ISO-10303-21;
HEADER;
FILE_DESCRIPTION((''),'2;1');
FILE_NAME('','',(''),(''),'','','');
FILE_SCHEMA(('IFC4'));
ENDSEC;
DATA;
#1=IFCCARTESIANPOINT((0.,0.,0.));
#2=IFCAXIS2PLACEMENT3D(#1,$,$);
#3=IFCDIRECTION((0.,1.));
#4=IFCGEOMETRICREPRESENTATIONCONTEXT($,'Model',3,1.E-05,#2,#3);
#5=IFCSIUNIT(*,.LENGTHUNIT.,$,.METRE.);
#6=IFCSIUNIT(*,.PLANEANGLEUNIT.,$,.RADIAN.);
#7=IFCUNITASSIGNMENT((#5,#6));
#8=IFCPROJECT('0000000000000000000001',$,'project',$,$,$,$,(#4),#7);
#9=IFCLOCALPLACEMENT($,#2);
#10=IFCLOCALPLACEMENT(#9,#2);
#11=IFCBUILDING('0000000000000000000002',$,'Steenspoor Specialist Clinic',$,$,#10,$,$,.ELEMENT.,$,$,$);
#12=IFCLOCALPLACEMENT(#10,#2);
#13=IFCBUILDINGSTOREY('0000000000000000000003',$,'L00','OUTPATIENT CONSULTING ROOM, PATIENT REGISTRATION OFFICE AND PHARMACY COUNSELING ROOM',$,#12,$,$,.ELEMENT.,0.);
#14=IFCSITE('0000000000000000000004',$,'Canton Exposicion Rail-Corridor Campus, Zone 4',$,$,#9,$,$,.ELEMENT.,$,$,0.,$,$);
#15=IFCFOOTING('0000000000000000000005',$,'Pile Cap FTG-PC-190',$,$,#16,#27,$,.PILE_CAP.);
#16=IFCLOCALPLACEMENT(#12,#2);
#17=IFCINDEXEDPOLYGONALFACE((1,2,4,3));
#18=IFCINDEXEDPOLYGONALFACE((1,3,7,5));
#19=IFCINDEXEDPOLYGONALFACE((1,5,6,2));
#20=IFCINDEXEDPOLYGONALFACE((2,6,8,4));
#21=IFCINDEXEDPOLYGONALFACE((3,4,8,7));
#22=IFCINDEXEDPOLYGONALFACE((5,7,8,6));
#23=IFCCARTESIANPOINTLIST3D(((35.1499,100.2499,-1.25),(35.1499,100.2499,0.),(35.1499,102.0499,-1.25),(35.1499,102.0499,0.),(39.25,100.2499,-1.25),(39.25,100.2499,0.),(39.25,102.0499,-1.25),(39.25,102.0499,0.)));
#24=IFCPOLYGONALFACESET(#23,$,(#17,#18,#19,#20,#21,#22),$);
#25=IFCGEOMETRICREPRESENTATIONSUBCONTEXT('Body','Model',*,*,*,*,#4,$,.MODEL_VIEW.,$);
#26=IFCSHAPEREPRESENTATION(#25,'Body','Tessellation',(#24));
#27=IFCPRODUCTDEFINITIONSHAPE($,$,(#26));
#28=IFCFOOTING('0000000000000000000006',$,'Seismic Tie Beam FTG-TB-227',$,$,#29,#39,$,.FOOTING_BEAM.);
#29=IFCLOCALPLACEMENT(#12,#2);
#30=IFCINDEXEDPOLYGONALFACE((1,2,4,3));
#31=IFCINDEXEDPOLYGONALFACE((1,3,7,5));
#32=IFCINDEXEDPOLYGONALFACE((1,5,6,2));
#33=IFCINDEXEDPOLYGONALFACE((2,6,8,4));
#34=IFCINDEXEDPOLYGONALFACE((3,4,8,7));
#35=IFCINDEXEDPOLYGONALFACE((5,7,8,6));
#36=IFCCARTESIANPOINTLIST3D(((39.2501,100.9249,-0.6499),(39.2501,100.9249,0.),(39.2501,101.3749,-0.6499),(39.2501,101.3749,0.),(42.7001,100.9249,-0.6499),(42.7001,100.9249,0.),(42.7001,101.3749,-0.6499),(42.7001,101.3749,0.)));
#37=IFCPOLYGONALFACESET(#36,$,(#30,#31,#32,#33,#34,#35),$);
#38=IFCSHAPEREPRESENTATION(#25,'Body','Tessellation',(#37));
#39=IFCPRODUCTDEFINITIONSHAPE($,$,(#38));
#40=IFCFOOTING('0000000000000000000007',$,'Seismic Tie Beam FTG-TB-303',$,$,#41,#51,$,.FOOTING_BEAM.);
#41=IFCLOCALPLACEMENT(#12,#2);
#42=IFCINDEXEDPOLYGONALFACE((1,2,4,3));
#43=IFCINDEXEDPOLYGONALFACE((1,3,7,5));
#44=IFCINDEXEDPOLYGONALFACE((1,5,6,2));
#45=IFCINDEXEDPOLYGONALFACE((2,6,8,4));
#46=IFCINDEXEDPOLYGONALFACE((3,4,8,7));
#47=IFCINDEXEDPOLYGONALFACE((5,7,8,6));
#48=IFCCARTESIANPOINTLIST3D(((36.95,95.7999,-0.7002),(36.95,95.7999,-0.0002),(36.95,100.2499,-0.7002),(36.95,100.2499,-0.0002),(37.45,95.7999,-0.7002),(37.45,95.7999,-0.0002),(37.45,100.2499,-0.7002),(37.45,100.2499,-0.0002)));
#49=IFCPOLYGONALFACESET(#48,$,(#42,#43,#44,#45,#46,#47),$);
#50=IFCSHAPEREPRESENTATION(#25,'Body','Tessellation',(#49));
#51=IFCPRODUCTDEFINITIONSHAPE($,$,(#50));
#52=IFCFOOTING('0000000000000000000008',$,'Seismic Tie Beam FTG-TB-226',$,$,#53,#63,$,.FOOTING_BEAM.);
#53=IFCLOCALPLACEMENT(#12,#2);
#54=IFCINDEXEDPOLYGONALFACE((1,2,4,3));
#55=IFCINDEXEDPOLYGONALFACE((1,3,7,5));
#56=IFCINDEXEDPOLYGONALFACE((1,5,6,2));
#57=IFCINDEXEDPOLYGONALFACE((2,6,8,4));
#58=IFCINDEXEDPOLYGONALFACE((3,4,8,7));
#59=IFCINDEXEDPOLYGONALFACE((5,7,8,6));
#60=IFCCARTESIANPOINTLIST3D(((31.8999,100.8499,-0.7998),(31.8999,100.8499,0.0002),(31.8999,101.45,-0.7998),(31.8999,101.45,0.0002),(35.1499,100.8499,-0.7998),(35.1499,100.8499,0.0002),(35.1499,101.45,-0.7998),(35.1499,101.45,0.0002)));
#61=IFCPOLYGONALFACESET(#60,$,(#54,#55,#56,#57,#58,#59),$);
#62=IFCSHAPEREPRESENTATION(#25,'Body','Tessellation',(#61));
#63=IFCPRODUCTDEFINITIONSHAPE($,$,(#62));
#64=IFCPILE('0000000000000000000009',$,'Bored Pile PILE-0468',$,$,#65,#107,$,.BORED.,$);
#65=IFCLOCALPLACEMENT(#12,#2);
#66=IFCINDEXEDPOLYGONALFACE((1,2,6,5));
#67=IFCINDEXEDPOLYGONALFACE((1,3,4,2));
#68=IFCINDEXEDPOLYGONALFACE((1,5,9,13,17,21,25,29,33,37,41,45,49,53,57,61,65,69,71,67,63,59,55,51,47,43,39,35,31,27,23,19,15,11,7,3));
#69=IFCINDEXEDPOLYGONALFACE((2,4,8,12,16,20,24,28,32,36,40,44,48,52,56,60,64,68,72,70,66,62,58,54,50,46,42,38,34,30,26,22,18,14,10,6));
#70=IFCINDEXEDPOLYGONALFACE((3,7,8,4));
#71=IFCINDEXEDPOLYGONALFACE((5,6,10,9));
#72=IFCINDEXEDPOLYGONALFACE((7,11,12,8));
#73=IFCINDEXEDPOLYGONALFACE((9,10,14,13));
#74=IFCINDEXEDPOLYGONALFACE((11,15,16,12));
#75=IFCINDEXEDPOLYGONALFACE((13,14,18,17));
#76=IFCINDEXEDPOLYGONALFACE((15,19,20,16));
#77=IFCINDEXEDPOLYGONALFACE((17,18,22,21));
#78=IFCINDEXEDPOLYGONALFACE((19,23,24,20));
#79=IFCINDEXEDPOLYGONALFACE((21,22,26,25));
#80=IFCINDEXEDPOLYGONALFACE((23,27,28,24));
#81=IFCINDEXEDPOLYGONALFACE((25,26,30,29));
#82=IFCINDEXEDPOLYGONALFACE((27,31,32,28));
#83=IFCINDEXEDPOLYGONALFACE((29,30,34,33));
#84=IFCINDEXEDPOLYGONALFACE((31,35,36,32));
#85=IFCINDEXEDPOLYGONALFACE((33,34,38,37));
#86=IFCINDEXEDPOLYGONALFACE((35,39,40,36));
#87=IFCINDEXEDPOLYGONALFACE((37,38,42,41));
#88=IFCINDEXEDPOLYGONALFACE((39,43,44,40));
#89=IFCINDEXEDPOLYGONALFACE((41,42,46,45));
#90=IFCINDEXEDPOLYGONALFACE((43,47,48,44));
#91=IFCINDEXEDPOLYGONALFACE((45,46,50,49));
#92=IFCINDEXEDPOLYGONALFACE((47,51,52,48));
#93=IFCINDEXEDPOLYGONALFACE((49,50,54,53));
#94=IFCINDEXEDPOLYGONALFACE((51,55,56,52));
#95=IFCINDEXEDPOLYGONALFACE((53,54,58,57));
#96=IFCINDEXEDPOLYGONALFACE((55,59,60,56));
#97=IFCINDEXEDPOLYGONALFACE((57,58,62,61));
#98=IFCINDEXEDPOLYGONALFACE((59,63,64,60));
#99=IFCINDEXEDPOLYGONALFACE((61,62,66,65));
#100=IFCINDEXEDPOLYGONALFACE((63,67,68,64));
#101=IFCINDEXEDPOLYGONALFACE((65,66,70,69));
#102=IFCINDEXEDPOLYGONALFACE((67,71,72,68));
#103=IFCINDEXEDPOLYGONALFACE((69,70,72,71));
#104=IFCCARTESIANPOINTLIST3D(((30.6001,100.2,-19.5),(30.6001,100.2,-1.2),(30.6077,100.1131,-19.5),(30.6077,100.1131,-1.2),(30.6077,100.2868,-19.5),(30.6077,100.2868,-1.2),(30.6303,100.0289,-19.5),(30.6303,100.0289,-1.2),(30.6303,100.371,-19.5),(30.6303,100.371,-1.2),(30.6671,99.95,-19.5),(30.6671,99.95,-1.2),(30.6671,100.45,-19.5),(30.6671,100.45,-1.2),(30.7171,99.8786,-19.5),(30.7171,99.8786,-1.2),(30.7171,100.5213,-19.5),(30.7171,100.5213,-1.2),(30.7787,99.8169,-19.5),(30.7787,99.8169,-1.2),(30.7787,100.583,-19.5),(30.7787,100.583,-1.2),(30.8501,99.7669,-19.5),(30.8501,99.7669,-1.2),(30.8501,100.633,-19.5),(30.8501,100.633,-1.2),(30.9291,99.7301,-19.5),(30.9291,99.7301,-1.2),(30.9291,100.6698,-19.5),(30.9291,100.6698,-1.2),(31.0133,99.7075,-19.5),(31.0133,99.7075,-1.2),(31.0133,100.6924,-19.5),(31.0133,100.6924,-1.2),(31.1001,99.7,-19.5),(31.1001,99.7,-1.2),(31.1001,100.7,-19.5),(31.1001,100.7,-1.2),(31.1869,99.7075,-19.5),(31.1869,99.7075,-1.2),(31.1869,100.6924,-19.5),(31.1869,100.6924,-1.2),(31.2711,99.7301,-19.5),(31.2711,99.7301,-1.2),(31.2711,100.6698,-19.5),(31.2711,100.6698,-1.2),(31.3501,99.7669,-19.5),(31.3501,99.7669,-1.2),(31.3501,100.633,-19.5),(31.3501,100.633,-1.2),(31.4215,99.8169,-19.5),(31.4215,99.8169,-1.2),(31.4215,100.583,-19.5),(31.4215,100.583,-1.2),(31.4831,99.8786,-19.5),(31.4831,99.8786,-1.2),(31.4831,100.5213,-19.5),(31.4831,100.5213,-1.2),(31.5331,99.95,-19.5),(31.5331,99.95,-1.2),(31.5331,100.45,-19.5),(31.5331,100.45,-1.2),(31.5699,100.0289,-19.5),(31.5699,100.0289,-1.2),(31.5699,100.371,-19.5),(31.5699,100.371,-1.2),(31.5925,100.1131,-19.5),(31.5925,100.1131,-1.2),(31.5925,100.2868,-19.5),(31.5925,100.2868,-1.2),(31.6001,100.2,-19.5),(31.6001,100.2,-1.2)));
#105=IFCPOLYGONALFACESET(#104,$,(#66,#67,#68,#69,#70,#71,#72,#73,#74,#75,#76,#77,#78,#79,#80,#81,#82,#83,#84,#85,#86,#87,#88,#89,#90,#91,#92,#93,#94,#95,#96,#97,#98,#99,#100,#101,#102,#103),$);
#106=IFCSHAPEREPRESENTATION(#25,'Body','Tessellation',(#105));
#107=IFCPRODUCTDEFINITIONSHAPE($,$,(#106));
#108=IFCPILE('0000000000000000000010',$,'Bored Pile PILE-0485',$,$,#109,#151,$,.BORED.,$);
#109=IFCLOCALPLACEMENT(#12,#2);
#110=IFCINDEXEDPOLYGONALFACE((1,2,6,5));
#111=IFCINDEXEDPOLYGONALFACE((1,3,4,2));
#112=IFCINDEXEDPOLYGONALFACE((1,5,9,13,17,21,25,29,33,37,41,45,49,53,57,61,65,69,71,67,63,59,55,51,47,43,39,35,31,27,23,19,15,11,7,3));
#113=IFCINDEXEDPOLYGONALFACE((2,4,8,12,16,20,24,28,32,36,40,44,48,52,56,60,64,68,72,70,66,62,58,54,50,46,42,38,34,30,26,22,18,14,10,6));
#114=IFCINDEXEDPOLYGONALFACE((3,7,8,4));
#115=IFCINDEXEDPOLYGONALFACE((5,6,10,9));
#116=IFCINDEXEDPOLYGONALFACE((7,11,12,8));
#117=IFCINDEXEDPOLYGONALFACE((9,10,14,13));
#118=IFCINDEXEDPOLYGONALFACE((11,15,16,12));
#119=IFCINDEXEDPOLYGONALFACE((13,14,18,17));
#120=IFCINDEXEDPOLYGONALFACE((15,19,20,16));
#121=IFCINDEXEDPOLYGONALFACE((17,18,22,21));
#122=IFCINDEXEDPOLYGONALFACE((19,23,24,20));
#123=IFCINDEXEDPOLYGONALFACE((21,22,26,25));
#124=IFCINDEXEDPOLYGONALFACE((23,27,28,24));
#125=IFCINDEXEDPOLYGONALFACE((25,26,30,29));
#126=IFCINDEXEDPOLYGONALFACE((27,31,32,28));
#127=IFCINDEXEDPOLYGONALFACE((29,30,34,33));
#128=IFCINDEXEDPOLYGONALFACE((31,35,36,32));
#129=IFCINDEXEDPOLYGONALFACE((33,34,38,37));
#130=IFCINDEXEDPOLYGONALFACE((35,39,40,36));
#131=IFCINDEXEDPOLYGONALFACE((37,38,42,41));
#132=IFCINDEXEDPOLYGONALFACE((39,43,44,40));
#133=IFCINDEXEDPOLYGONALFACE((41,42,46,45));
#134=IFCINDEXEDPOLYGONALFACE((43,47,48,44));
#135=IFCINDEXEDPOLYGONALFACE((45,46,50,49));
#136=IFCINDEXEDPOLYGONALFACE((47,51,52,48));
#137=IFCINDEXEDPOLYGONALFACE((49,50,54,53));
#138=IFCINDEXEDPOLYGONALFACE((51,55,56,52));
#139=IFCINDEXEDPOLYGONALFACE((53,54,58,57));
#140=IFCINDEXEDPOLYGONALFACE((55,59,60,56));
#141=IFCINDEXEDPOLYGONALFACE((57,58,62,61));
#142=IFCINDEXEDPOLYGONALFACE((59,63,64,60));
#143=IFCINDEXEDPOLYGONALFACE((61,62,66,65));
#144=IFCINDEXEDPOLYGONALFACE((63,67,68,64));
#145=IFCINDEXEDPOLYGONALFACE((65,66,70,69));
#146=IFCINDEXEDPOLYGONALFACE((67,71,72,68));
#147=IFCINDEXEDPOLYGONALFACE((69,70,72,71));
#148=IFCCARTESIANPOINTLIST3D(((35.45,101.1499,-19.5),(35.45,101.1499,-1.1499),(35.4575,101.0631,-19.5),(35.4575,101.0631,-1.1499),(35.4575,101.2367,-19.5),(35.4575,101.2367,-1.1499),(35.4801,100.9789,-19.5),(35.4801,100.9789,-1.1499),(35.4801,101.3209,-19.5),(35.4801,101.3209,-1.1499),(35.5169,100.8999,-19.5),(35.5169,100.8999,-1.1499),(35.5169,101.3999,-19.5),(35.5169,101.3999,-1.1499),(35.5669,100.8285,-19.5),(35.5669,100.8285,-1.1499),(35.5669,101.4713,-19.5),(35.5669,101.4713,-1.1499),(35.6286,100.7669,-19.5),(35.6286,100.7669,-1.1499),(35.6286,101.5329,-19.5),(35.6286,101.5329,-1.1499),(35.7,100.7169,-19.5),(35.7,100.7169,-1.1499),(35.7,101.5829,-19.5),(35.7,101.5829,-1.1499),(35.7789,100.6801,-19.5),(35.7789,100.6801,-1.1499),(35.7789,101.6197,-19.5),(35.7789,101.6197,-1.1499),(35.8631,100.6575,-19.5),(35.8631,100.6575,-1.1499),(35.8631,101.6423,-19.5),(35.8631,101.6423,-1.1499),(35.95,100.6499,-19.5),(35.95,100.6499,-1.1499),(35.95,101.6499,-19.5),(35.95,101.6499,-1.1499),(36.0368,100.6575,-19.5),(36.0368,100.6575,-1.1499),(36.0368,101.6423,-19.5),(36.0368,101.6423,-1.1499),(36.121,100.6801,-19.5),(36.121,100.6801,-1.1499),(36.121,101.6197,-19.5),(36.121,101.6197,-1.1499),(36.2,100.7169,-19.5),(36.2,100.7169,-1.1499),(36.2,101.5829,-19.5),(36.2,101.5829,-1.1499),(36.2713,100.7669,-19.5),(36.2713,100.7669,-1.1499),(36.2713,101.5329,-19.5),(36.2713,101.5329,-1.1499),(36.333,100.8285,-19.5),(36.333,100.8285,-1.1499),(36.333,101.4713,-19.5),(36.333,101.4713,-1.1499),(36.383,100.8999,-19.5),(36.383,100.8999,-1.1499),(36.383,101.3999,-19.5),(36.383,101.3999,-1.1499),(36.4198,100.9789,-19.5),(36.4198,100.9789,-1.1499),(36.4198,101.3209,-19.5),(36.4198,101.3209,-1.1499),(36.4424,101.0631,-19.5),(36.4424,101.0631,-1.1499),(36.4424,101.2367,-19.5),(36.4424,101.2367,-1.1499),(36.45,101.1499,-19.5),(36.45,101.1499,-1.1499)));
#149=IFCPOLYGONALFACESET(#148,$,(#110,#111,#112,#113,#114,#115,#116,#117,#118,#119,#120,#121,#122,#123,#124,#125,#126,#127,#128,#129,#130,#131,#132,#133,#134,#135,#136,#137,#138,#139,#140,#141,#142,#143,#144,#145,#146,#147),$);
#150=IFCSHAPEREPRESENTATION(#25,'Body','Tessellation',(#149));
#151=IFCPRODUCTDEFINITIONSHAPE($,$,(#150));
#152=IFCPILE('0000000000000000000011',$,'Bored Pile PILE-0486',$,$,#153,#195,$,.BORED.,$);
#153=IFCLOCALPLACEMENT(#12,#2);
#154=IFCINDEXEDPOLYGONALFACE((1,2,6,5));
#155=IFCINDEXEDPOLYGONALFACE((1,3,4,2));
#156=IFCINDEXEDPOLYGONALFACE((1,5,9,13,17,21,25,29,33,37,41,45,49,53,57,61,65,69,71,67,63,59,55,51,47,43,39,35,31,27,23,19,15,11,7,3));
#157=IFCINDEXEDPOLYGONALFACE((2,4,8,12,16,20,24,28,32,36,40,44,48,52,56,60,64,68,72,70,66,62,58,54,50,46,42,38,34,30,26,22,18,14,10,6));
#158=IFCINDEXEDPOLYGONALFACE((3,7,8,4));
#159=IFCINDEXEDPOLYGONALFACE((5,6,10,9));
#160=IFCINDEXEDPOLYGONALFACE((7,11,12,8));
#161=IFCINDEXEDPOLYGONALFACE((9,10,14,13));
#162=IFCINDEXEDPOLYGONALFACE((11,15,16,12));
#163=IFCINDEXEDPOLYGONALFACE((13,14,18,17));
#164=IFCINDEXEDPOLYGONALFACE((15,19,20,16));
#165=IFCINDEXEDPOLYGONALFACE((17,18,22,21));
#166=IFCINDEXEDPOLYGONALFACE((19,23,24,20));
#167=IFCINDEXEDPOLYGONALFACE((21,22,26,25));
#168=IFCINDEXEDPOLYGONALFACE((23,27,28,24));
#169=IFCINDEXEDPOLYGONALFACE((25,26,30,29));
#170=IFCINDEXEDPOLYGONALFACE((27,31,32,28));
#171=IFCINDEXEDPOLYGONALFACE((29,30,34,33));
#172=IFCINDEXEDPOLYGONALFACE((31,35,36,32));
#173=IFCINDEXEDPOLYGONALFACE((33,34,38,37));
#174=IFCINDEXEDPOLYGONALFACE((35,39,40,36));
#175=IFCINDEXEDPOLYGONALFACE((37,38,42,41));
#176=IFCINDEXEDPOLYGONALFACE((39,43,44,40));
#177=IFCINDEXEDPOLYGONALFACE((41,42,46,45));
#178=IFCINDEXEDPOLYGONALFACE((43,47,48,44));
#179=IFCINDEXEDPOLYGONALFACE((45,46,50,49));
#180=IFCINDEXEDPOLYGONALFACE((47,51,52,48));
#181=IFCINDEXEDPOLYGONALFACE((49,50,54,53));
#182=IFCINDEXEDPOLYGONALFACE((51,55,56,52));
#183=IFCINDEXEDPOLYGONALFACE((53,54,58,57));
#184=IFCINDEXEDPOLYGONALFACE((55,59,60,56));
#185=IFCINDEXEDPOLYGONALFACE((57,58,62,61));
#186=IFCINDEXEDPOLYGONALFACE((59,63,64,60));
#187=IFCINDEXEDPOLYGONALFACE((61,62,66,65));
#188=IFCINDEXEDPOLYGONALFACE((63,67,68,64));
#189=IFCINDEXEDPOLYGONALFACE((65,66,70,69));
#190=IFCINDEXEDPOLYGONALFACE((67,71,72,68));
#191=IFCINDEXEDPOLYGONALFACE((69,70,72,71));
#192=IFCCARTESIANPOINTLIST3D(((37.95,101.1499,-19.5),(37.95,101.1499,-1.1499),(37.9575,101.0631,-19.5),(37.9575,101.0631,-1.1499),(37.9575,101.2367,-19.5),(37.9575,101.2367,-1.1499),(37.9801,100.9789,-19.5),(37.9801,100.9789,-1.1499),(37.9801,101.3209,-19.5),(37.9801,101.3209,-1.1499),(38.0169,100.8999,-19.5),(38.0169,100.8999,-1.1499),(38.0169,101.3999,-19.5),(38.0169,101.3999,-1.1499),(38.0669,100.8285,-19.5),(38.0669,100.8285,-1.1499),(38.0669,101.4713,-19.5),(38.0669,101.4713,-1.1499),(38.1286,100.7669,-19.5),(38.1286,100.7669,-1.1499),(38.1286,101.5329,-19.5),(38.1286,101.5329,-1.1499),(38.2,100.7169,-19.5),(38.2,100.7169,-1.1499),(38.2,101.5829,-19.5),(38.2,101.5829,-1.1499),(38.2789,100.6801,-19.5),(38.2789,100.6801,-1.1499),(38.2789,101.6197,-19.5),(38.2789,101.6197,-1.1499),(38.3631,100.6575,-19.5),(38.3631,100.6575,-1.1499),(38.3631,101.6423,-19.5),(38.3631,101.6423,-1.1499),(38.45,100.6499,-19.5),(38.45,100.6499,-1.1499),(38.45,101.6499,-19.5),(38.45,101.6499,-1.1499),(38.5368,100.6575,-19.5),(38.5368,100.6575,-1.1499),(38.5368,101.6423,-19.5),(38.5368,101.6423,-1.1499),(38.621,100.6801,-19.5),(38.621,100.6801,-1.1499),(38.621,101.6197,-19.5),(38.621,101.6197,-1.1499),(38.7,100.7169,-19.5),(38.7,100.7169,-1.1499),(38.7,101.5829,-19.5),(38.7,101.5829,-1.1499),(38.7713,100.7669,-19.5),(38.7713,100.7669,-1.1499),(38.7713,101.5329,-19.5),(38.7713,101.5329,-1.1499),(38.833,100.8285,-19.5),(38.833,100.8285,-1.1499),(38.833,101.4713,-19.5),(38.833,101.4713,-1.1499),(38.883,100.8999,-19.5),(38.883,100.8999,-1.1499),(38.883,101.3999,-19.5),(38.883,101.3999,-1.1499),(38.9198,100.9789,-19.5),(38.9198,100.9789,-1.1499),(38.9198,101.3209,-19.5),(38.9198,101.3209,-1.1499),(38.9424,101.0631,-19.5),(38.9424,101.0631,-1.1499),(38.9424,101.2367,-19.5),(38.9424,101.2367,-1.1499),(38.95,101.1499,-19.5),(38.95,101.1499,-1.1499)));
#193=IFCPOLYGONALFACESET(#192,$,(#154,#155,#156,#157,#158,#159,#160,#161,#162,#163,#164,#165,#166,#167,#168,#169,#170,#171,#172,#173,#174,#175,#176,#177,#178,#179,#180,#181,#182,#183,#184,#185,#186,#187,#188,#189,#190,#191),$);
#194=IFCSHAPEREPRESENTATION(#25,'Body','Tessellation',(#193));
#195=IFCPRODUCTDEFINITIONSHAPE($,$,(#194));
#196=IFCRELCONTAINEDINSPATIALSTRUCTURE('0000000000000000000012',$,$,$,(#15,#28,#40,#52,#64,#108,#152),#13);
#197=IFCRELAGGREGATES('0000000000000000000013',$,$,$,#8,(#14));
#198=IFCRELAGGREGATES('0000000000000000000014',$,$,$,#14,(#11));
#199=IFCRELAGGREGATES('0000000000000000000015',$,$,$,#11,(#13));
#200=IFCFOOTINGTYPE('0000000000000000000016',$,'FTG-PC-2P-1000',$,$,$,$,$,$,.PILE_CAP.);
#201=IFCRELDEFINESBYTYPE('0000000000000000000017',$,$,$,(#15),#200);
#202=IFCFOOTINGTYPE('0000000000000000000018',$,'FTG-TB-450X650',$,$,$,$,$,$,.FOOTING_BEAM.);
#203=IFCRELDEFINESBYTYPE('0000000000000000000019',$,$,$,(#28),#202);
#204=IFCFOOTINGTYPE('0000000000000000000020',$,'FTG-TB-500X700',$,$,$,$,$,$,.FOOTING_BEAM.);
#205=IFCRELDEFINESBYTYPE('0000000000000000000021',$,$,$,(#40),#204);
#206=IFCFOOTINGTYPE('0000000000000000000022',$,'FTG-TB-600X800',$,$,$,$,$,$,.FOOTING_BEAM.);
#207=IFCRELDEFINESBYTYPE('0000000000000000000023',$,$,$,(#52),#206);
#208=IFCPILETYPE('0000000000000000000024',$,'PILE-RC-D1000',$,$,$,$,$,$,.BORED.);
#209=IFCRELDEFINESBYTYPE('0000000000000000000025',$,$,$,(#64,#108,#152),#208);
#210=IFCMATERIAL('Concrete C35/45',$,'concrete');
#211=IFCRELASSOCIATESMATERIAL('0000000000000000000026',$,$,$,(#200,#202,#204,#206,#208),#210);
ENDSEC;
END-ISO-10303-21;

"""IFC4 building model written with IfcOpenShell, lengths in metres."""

from ifc_helpers import new_model, si_unit, direction, frame, origin, origin_2d, place, context, subcontext, project, spatial, rectangle, circle, extrude, material, material_profile, profile_set, type_object, element, save


model = new_model("IFC4")

# Units and contexts
model_context = context("Model", 3, precision=1e-05, world=origin(), true_north=direction((0.0, 1.0)))
body_context = subcontext(model_context, "Body", "Model", "MODEL_VIEW")
ifc_project = project(units=[si_unit("LENGTHUNIT", "METRE"), si_unit("PLANEANGLEUNIT", "RADIAN")], contexts=[model_context])

# Site, building, storey
site_placement = place(None, origin())
site = spatial("IfcSite", under=ifc_project, at=site_placement, Name="Canton Exposicion Rail-Corridor Campus, Zone 4", CompositionType="ELEMENT", RefElevation=0.0)
building_placement = place(site_placement, origin())
building = spatial("IfcBuilding", under=site, at=building_placement, Name="Steenspoor Specialist Clinic", CompositionType="ELEMENT")
storey_placement = place(building_placement, origin())
storey = spatial("IfcBuildingStorey", under=building, at=storey_placement, Name="L00", Description="OUTPATIENT CONSULTING ROOM, PATIENT REGISTRATION OFFICE AND PHARMACY COUNSELING ROOM", CompositionType="ELEMENT", Elevation=0.0)

# Footings
ifc_material_1 = material(Name="Concrete C35/45", Category="concrete")
footing_type_1 = type_object("IfcFootingType", Name="FTG-PC-2P-1000", PredefinedType="PILE_CAP", material=ifc_material_1)
footing_1_placement = place(storey_placement, frame((37.2, 101.1499, -1.25), z_axis=(0.0, 0.0, 1.0), x_axis=(1.0, 0.0, 0.0)))
element("IfcFooting", 1, at=footing_1_placement, inside=storey, type_object=footing_type_1, Name="Pile Cap FTG-PC-190", PredefinedType="PILE_CAP", context=body_context, shape_type="SweptSolid", body=[
    extrude(rectangle(XDim=4.1001, YDim=1.8, at=origin_2d()), origin(), (0.0, 0.0, 1.0), 1.25),
])
footing_type_2 = type_object("IfcFootingType", Name="FTG-TB-450X650", PredefinedType="FOOTING_BEAM", material=ifc_material_1)
footing_2_placement = place(storey_placement, frame((40.9751, 101.1499, -0.6499), z_axis=(0.0, 0.0, 1.0), x_axis=(1.0, 0.0, 0.0)))
element("IfcFooting", 2, at=footing_2_placement, inside=storey, type_object=footing_type_2, Name="Seismic Tie Beam FTG-TB-227", PredefinedType="FOOTING_BEAM", context=body_context, shape_type="SweptSolid", body=[
    extrude(rectangle(XDim=3.45, YDim=0.45, at=origin_2d()), origin(), (0.0, 0.0, 1.0), 0.6499),
])
footing_type_3 = type_object("IfcFootingType", Name="FTG-TB-500X700", PredefinedType="FOOTING_BEAM", material=ifc_material_1)
footing_3_placement = place(storey_placement, frame((37.2, 98.0249, -0.7002), z_axis=(0.0, 0.0, 1.0), x_axis=(1.0, 0.0, 0.0)))
element("IfcFooting", 3, at=footing_3_placement, inside=storey, type_object=footing_type_3, Name="Seismic Tie Beam FTG-TB-303", PredefinedType="FOOTING_BEAM", context=body_context, shape_type="SweptSolid", body=[
    extrude(rectangle(XDim=0.5, YDim=4.45, at=origin_2d()), origin(), (0.0, 0.0, 1.0), 0.7),
])
footing_type_4 = type_object("IfcFootingType", Name="FTG-TB-600X800", PredefinedType="FOOTING_BEAM", material=ifc_material_1)
footing_4_placement = place(storey_placement, frame((33.5249, 101.1499, -0.7998), z_axis=(0.0, 0.0, 1.0), x_axis=(1.0, 0.0, 0.0)))
element("IfcFooting", 4, at=footing_4_placement, inside=storey, type_object=footing_type_4, Name="Seismic Tie Beam FTG-TB-226", PredefinedType="FOOTING_BEAM", context=body_context, shape_type="SweptSolid", body=[
    extrude(rectangle(XDim=3.25, YDim=0.6001, at=origin_2d()), origin(), (0.0, 0.0, 1.0), 0.8),
])

# Piles
ifc_material_profile_1 = material_profile(ifc_material_1, circle(Radius=0.5, at=origin_2d()), Name="PILE-D1000")
ifc_profile_set_1 = profile_set([ifc_material_profile_1], Name="Concrete C35/45")
pile_type = type_object("IfcPileType", Name="PILE-RC-D1000", PredefinedType="BORED", material=ifc_profile_set_1)
pile_placement = place(storey_placement, frame((31.1001, 100.2, -1.2), z_axis=(0.0, 0.0, -1.0), x_axis=(1.0, 0.0, 0.0)))
element("IfcPile", 5, at=pile_placement, inside=storey, type_object=pile_type, Name="Bored Pile PILE-0468", PredefinedType="BORED", context=body_context, shape_type="SweptSolid", body=[
    extrude(circle(Radius=0.5, at=origin_2d()), origin(), (0.0, 0.0, 1.0), 18.3),
])
for number, where, z_axis, x_axis, name in (
    (6, (35.95, 101.1499, -1.1499), (0.0, 0.0, -1.0), (1.0, 0.0, 0.0), "Bored Pile PILE-0485"),
    (7, (38.45, 101.1499, -1.1499), (0.0, 0.0, -1.0), (1.0, 0.0, 0.0), "Bored Pile PILE-0486"),
):
    element("IfcPile", number, at=place(storey_placement, frame(where, z_axis=z_axis, x_axis=x_axis)), inside=storey, type_object=pile_type, Name=name, PredefinedType="BORED", context=body_context, shape_type="SweptSolid", body=[
        extrude(circle(Radius=0.5, at=origin_2d()), origin(), (0.0, 0.0, 1.0), 18.3501),
    ])

save(model, "model.ifc")
